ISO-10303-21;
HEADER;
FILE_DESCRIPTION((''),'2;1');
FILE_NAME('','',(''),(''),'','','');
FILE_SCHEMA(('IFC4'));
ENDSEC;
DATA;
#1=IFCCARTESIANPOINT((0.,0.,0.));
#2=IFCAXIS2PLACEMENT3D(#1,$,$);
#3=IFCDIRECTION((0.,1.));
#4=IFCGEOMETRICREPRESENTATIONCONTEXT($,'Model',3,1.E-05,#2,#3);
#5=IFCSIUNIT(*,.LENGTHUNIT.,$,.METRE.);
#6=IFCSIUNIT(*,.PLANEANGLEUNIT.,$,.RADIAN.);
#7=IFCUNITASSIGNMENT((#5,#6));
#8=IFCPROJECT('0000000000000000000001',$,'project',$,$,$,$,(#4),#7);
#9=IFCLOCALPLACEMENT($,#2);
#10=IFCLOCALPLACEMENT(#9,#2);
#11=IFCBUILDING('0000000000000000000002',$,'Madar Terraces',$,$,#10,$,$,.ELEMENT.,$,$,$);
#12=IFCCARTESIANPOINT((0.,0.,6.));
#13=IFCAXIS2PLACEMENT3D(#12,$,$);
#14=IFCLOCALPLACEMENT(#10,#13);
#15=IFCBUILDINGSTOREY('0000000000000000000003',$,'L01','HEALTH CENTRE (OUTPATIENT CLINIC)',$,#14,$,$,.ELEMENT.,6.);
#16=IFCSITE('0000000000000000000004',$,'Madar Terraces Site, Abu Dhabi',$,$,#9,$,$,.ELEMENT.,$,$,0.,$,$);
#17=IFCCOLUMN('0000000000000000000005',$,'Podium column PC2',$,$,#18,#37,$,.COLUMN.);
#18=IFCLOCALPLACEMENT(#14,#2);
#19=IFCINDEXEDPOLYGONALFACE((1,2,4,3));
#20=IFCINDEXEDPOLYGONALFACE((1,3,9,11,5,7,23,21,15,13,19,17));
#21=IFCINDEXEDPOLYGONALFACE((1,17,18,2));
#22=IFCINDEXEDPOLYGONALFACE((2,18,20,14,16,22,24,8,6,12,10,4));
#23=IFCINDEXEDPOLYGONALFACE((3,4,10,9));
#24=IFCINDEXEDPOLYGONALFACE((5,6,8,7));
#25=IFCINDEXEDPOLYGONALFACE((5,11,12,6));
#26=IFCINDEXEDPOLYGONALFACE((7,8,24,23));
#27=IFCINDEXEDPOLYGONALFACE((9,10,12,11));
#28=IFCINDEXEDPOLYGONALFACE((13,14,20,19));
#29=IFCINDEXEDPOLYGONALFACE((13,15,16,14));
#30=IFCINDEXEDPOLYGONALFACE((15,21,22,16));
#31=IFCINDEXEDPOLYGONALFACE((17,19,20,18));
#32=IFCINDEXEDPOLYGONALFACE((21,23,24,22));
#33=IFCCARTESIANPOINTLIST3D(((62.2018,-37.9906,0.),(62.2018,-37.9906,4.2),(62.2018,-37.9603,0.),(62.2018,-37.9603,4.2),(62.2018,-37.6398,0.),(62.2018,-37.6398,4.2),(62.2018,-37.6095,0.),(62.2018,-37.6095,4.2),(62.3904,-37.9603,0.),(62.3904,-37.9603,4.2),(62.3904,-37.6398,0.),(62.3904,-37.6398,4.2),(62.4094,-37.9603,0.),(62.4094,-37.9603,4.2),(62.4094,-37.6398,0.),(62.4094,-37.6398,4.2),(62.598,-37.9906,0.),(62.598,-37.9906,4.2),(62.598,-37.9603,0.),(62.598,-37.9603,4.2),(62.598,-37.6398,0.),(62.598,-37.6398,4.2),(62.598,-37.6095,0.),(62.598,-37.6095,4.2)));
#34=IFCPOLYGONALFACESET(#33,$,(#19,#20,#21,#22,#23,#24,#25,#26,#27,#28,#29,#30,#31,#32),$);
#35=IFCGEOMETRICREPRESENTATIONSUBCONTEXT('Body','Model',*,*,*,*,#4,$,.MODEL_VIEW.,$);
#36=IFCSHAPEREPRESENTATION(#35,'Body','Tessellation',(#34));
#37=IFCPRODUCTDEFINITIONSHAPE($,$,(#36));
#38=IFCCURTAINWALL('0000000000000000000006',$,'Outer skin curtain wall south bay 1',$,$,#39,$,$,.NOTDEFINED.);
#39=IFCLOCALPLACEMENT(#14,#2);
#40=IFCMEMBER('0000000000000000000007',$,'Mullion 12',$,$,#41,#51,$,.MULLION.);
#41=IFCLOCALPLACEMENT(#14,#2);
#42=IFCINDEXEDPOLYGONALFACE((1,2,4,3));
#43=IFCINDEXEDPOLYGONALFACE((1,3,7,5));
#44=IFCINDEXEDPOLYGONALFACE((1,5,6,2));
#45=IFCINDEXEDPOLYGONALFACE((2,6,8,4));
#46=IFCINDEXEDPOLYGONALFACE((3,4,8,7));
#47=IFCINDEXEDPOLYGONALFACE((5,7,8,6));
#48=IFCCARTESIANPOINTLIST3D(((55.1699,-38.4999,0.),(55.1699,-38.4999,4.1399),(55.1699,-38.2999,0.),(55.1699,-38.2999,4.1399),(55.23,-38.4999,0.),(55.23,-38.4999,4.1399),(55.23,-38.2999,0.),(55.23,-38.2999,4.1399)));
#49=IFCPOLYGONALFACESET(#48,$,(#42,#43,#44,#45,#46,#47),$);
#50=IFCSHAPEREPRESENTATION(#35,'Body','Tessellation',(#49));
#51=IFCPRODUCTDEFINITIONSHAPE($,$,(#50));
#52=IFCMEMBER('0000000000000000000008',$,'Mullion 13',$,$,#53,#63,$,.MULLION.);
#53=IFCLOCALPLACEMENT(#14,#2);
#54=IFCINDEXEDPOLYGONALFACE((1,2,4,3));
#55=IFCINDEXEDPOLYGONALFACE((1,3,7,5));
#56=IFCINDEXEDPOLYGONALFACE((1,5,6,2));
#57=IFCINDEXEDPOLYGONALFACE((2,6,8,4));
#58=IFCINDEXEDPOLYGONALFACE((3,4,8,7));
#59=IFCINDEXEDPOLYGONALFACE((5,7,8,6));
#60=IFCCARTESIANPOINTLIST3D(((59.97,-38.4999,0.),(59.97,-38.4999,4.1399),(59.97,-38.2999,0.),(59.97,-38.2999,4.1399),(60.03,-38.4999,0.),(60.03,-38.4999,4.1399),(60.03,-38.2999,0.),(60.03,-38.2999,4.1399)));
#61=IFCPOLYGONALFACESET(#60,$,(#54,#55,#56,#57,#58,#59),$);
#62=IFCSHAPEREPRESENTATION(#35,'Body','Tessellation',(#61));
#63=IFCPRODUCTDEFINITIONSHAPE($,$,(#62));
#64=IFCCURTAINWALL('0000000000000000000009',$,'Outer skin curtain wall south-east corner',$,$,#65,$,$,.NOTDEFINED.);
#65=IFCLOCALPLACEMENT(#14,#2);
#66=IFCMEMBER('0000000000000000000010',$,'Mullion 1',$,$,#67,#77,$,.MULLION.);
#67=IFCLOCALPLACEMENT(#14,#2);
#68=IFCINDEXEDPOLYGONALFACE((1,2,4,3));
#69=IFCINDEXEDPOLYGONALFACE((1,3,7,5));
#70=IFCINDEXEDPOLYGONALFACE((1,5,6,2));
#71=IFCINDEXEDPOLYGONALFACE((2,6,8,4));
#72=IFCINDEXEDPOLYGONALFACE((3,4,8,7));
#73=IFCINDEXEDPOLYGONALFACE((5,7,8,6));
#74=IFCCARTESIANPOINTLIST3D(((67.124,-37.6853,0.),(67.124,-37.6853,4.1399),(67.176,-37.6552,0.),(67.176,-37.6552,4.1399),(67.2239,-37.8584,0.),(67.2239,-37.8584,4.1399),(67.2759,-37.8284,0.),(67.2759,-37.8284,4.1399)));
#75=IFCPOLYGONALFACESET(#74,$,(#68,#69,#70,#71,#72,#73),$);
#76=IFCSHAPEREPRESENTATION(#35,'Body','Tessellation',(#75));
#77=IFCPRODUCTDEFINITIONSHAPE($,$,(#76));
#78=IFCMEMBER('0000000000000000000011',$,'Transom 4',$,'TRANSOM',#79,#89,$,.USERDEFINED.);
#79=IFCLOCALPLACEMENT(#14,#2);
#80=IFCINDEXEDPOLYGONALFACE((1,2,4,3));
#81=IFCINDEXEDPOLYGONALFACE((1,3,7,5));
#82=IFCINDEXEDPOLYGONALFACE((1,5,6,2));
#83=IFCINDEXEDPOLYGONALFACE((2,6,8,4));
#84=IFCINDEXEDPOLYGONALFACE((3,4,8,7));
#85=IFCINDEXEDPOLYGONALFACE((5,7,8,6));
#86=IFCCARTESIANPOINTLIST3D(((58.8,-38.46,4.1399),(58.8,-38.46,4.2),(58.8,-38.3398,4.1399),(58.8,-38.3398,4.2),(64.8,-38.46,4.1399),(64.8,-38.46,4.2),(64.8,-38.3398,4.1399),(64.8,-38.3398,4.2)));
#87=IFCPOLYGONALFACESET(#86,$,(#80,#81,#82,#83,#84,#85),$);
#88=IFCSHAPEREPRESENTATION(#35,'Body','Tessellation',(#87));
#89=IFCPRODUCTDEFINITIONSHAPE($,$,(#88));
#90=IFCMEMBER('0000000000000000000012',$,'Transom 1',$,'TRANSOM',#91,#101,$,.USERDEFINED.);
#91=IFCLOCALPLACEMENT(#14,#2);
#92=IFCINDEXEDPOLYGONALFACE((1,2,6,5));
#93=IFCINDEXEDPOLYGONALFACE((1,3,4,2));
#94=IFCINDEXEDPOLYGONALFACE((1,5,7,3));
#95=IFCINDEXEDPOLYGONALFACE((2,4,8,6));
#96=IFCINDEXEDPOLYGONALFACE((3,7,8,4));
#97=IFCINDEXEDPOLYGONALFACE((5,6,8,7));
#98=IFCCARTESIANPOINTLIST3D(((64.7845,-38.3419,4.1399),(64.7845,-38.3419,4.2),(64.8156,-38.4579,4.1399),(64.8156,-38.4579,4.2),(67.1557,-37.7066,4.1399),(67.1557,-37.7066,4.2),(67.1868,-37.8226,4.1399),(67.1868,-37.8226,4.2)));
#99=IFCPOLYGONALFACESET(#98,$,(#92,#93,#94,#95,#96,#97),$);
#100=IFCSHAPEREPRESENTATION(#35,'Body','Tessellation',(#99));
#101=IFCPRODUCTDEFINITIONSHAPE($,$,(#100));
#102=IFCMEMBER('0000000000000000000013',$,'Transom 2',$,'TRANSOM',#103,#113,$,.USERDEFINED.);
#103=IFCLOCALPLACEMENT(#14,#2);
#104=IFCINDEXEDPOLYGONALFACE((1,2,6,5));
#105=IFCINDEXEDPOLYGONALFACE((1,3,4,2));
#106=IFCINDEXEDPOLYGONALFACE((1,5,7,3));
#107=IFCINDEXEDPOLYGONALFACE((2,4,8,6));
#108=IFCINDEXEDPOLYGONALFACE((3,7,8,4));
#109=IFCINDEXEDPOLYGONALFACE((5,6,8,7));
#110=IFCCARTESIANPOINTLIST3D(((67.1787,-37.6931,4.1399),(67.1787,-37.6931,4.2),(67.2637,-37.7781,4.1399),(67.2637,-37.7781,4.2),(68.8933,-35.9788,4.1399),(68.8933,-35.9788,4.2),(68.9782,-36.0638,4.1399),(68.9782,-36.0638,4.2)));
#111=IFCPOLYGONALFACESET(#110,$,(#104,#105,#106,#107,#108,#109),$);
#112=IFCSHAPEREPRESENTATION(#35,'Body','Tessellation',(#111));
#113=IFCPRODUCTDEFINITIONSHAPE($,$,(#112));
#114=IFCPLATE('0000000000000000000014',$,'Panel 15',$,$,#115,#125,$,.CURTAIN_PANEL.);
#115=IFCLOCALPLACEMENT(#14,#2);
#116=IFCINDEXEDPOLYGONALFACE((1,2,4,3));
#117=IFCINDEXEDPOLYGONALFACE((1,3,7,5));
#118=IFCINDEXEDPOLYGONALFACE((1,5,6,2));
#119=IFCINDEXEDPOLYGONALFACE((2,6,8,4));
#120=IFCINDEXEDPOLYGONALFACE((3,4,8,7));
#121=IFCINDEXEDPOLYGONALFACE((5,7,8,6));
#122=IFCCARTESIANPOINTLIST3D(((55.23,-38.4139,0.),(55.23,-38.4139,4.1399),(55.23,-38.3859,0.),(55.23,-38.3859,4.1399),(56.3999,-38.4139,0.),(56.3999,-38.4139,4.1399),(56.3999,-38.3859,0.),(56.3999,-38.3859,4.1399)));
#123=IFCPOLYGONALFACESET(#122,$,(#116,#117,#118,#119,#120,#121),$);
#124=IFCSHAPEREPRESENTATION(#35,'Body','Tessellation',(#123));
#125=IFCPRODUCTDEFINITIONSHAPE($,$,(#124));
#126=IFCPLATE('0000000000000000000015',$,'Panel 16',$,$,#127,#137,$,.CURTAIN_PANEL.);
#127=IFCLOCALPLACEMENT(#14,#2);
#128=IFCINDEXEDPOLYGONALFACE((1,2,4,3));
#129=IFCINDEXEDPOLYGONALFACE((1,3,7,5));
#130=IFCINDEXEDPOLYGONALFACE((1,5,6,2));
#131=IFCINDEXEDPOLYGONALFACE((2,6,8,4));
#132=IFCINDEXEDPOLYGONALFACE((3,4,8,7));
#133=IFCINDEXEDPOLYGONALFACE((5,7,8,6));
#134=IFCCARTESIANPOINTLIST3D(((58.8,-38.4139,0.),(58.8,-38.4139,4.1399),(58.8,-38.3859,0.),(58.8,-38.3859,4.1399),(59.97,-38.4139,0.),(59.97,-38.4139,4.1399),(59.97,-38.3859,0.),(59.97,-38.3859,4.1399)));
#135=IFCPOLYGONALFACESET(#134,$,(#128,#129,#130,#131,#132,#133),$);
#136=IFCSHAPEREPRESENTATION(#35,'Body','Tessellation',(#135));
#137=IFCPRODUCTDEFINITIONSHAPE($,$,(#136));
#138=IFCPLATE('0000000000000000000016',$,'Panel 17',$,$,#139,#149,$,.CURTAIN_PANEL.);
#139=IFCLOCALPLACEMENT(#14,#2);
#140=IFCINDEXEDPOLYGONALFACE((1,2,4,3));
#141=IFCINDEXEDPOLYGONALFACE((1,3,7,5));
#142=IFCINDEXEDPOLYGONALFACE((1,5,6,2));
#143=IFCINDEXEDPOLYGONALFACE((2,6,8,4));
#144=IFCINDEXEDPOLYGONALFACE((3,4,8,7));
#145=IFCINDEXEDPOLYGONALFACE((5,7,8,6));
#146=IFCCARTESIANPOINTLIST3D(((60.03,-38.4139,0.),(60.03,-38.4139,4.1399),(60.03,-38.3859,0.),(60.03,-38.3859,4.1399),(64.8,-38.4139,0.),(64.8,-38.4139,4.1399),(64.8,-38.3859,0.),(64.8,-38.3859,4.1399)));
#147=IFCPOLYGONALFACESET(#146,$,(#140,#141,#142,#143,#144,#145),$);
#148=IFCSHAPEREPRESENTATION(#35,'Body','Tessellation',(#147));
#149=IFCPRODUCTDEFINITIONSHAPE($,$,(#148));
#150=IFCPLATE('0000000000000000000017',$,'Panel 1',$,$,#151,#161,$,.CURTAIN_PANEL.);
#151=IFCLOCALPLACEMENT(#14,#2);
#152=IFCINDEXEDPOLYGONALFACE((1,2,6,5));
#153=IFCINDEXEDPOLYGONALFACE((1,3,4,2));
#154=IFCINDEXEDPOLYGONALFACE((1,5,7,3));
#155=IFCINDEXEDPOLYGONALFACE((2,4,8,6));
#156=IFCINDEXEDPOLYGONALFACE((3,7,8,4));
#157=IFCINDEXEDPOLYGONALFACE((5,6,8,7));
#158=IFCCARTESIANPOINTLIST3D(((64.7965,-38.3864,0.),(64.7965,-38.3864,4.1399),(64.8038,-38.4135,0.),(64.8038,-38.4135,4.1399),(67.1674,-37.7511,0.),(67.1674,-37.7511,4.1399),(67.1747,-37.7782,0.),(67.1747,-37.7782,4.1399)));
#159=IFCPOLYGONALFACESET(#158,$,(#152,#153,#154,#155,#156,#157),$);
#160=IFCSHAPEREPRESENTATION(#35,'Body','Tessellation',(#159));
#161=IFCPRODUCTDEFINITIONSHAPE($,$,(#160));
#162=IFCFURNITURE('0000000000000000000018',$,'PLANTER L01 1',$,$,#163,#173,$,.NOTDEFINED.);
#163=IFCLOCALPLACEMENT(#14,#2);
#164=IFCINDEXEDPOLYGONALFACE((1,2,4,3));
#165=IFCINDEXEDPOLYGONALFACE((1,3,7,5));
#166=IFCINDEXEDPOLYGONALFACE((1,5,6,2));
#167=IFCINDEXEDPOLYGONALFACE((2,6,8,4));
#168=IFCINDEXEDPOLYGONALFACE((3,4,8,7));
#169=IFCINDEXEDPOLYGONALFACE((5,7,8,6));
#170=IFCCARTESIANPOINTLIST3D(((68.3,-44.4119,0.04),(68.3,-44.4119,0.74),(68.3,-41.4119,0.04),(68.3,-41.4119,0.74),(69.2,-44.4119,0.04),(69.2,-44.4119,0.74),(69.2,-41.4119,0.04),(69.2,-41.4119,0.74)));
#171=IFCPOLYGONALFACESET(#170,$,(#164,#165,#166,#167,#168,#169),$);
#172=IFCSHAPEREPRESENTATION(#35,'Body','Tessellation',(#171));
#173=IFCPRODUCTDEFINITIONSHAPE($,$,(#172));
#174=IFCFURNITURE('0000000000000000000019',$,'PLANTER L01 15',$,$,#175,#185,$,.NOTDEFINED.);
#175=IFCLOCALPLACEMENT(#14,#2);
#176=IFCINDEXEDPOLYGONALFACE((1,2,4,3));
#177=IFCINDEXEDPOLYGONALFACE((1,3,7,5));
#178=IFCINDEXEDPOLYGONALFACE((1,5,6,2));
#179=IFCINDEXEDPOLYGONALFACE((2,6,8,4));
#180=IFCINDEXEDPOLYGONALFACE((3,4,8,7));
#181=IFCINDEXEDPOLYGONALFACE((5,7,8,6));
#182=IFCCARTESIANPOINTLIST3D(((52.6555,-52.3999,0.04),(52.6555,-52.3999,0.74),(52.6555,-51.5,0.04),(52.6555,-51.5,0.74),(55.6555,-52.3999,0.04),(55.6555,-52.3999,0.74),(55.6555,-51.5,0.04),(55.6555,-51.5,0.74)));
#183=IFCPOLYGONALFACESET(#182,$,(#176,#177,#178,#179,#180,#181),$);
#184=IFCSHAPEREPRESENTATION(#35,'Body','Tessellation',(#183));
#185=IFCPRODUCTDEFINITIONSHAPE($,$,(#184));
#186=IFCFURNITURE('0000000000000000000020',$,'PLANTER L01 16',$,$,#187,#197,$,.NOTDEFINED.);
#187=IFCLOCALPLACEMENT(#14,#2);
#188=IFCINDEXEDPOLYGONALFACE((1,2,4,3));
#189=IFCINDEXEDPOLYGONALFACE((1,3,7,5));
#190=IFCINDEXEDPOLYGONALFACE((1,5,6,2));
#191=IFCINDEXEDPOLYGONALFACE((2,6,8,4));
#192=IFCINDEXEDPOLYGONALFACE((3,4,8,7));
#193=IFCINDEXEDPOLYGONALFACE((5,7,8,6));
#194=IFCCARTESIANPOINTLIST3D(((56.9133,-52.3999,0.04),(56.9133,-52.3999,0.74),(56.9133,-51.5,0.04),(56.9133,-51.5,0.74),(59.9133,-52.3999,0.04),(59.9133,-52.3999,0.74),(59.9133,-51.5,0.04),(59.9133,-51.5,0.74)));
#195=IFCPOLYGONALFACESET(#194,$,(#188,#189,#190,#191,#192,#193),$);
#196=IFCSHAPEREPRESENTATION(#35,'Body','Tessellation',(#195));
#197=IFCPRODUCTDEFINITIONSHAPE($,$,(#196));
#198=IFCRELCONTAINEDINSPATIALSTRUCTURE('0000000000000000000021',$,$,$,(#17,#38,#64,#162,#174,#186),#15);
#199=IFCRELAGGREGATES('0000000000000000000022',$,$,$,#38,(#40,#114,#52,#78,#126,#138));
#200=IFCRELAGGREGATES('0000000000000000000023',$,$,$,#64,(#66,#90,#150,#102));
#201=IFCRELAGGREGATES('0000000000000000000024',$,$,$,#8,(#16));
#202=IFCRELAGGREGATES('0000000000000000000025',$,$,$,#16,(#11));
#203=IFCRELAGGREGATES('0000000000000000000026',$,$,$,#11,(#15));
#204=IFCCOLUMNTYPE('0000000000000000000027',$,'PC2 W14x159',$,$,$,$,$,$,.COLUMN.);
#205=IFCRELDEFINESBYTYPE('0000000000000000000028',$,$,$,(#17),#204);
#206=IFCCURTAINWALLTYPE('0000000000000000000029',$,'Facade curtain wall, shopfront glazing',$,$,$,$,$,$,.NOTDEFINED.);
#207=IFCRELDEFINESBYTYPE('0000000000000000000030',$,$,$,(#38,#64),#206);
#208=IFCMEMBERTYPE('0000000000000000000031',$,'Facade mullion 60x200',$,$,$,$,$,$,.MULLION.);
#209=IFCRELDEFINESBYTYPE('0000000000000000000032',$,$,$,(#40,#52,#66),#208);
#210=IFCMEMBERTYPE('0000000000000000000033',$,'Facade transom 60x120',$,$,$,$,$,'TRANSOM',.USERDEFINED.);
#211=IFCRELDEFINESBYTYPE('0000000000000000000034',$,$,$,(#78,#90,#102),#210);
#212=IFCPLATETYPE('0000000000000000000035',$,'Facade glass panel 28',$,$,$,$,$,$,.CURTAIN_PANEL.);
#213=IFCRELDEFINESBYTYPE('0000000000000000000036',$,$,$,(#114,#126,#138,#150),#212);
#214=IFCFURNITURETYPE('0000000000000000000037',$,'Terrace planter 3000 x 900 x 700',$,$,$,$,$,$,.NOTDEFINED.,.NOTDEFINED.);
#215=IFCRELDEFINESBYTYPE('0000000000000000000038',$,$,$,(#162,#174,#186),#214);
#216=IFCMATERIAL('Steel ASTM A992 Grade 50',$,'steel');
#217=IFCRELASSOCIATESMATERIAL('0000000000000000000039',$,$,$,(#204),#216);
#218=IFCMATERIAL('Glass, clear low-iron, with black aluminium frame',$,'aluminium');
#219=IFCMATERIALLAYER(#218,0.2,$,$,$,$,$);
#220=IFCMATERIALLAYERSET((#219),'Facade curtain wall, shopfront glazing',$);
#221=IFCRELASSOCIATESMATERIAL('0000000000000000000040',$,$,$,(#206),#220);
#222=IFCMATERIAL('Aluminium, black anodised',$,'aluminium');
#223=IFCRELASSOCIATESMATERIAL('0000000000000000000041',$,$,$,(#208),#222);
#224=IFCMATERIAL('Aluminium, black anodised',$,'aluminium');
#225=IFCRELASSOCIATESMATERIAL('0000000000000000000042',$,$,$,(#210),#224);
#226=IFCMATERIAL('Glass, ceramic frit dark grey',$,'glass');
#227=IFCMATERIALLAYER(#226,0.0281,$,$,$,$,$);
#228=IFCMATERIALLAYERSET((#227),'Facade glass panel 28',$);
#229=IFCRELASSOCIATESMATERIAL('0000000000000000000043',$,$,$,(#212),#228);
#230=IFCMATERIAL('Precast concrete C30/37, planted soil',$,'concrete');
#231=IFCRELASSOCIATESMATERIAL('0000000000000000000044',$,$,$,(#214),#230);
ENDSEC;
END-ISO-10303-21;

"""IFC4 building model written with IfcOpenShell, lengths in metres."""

from ifc_helpers import new_model, si_unit, direction, frame, origin, origin_2d, place, context, subcontext, project, spatial, rectangle, i_section, extrude, material, layer, layer_set, material_profile, profile_set, type_object, element, aggregate, save


model = new_model("IFC4")

# Units and contexts
model_context = context("Model", 3, precision=1e-05, world=origin(), true_north=direction((0.0, 1.0)))
body_context = subcontext(model_context, "Body", "Model", "MODEL_VIEW")
ifc_project = project(units=[si_unit("LENGTHUNIT", "METRE"), si_unit("PLANEANGLEUNIT", "RADIAN")], contexts=[model_context])

# Site, building, storey
site_placement = place(None, origin())
site = spatial("IfcSite", under=ifc_project, at=site_placement, Name="Madar Terraces Site, Abu Dhabi", CompositionType="ELEMENT", RefElevation=0.0)
building_placement = place(site_placement, origin())
building = spatial("IfcBuilding", under=site, at=building_placement, Name="Madar Terraces", CompositionType="ELEMENT")
storey_placement = place(building_placement, frame((0.0, 0.0, 6.0)))
storey = spatial("IfcBuildingStorey", under=building, at=storey_placement, Name="L01", Description="HEALTH CENTRE (OUTPATIENT CLINIC)", CompositionType="ELEMENT", Elevation=6.0)

# Column
ifc_material_1 = material(Name="Steel ASTM A992 Grade 50", Category="steel")
ifc_material_profile_1 = material_profile(ifc_material_1, i_section(OverallWidth=0.3962, OverallDepth=0.3811, WebThickness=0.019, FlangeThickness=0.0303, at=origin_2d()), Name="W14x159")
ifc_profile_set_1 = profile_set([ifc_material_profile_1], Name="Steel ASTM A992 Grade 50")
column_type = type_object("IfcColumnType", Name="PC2 W14x159", PredefinedType="COLUMN", material=ifc_profile_set_1)
column_placement = place(storey_placement, frame((62.3999, -37.8, 0.0), z_axis=(0.0, 0.0, 1.0), x_axis=(1.0, 0.0, 0.0)))
element("IfcColumn", 1, at=column_placement, inside=storey, type_object=column_type, Name="Podium column PC2", PredefinedType="COLUMN", context=body_context, shape_type="SweptSolid", body=[
    extrude(i_section(OverallWidth=0.3962, OverallDepth=0.3811, WebThickness=0.019, FlangeThickness=0.0303, at=origin_2d()), origin(), (0.0, 0.0, 1.0), 4.2),
])

# Curtain wall, members
ifc_material_2 = material(Name="Glass, clear low-iron, with black aluminium frame", Category="aluminium")
ifc_layer_1 = layer(ifc_material_2, 0.2)
ifc_layer_set_1 = layer_set([ifc_layer_1], Name="Facade curtain wall, shopfront glazing")
curtain_wall_type = type_object("IfcCurtainWallType", Name="Facade curtain wall, shopfront glazing", PredefinedType="NOTDEFINED", material=ifc_layer_set_1)
curtain_wall_1_placement = place(storey_placement, origin())
curtain_wall_1 = element("IfcCurtainWall", 2, at=curtain_wall_1_placement, inside=storey, type_object=curtain_wall_type, Name="Outer skin curtain wall south bay 1", PredefinedType="NOTDEFINED")
ifc_material_3 = material(Name="Aluminium, black anodised", Category="aluminium")
ifc_material_profile_2 = material_profile(ifc_material_3, rectangle(XDim=0.2, YDim=0.0601, at=origin_2d()), Name="Facade mullion 60x200")
ifc_profile_set_2 = profile_set([ifc_material_profile_2], Name="Aluminium, black anodised")
member_type_1 = type_object("IfcMemberType", Name="Facade mullion 60x200", PredefinedType="MULLION", material=ifc_profile_set_2)
member_1_placement = place(storey_placement, frame((55.2, -38.3999, 0.0), z_axis=(0.0, 0.0, 1.0), x_axis=(0.0, 1.0, 0.0)))
member_1 = element("IfcMember", 3, at=member_1_placement, type_object=member_type_1, Name="Mullion 12", PredefinedType="MULLION", context=body_context, shape_type="SweptSolid", body=[
    extrude(rectangle(XDim=0.2, YDim=0.0601, at=origin_2d()), origin(), (0.0, 0.0, 1.0), 4.1399),
])
member_2_placement = place(storey_placement, frame((60.0, -38.3999, 0.0), z_axis=(0.0, 0.0, 1.0), x_axis=(0.0, 1.0, 0.0)))
member_2 = element("IfcMember", 4, at=member_2_placement, type_object=member_type_1, Name="Mullion 13", PredefinedType="MULLION", context=body_context, shape_type="SweptSolid", body=[
    extrude(rectangle(XDim=0.2, YDim=0.0601, at=origin_2d()), origin(), (0.0, 0.0, 1.0), 4.1399),
])

# Curtain wall, member
curtain_wall_2_placement = place(storey_placement, origin())
curtain_wall_2 = element("IfcCurtainWall", 5, at=curtain_wall_2_placement, inside=storey, type_object=curtain_wall_type, Name="Outer skin curtain wall south-east corner", PredefinedType="NOTDEFINED")
member_3_placement = place(storey_placement, frame((67.2, -37.7568, 0.0), z_axis=(0.0, 0.0, 1.0), x_axis=(-0.5, 0.866025, 0.0)))
member_3 = element("IfcMember", 6, at=member_3_placement, type_object=member_type_1, Name="Mullion 1", PredefinedType="MULLION", context=body_context, shape_type="SweptSolid", body=[
    extrude(rectangle(XDim=0.2, YDim=0.0601, at=origin_2d()), origin(), (0.0, 0.0, 1.0), 4.1399),
])

# Members
ifc_material_4 = material(Name="Aluminium, black anodised", Category="aluminium")
ifc_material_profile_3 = material_profile(ifc_material_4, rectangle(XDim=0.1201, YDim=0.0601, at=origin_2d()), Name="Facade transom 60x120")
ifc_profile_set_3 = profile_set([ifc_material_profile_3], Name="Aluminium, black anodised")
member_type_2 = type_object("IfcMemberType", Name="Facade transom 60x120", ElementType="TRANSOM", PredefinedType="USERDEFINED", material=ifc_profile_set_3)
member_4_placement = place(storey_placement, frame((58.8, -38.3999, 4.1699), z_axis=(1.0, 0.0, 0.0), x_axis=(0.0, 1.0, 0.0)))
member_4 = element("IfcMember", 7, at=member_4_placement, type_object=member_type_2, Name="Transom 4", ObjectType="TRANSOM", PredefinedType="USERDEFINED", context=body_context, shape_type="SweptSolid", body=[
    extrude(rectangle(XDim=0.1201, YDim=0.0601, at=origin_2d()), origin(), (0.0, 0.0, 1.0), 6.0),
])
member_5_placement = place(storey_placement, frame((64.8, -38.3999, 4.1699), z_axis=(0.965934, 0.258789, 0.0), x_axis=(-0.258789, 0.965934, 0.0)))
member_5 = element("IfcMember", 8, at=member_5_placement, type_object=member_type_2, Name="Transom 1", ObjectType="TRANSOM", PredefinedType="USERDEFINED", context=body_context, shape_type="SweptSolid", body=[
    extrude(rectangle(XDim=0.1201, YDim=0.0601, at=origin_2d()), origin(), (0.0, 0.0, 1.0), 2.4548),
])
member_6_placement = place(storey_placement, frame((67.2212, -37.7356, 4.1699), z_axis=(0.707157, 0.707056, 0.0), x_axis=(-0.707056, 0.707157, 0.0)))
member_6 = element("IfcMember", 9, at=member_6_placement, type_object=member_type_2, Name="Transom 2", ObjectType="TRANSOM", PredefinedType="USERDEFINED", context=body_context, shape_type="SweptSolid", body=[
    extrude(rectangle(XDim=0.1201, YDim=0.0601, at=origin_2d()), origin(), (0.0, 0.0, 1.0), 2.4246),
])

# Plates
ifc_material_5 = material(Name="Glass, ceramic frit dark grey", Category="glass")
ifc_layer_2 = layer(ifc_material_5, 0.0281)
ifc_layer_set_2 = layer_set([ifc_layer_2], Name="Facade glass panel 28")
plate_type = type_object("IfcPlateType", Name="Facade glass panel 28", PredefinedType="CURTAIN_PANEL", material=ifc_layer_set_2)
plate_1_placement = place(storey_placement, frame((55.8149, -38.3999, 0.0), z_axis=(0.0, 0.0, 1.0), x_axis=(1.0, 0.0, 0.0)))
plate_1 = element("IfcPlate", 10, at=plate_1_placement, type_object=plate_type, Name="Panel 15", PredefinedType="CURTAIN_PANEL", context=body_context, shape_type="SweptSolid", body=[
    extrude(rectangle(XDim=1.1699, YDim=0.0281, at=origin_2d()), origin(), (0.0, 0.0, 1.0), 4.1399),
])
plate_2_placement = place(storey_placement, frame((59.385, -38.3999, 0.0), z_axis=(0.0, 0.0, 1.0), x_axis=(1.0, 0.0, 0.0)))
plate_2 = element("IfcPlate", 11, at=plate_2_placement, type_object=plate_type, Name="Panel 16", PredefinedType="CURTAIN_PANEL", context=body_context, shape_type="SweptSolid", body=[
    extrude(rectangle(XDim=1.1699, YDim=0.0281, at=origin_2d()), origin(), (0.0, 0.0, 1.0), 4.1399),
])
plate_3_placement = place(storey_placement, frame((62.415, -38.3999, 0.0), z_axis=(0.0, 0.0, 1.0), x_axis=(1.0, 0.0, 0.0)))
plate_3 = element("IfcPlate", 12, at=plate_3_placement, type_object=plate_type, Name="Panel 17", PredefinedType="CURTAIN_PANEL", context=body_context, shape_type="SweptSolid", body=[
    extrude(rectangle(XDim=4.77, YDim=0.0281, at=origin_2d()), origin(), (0.0, 0.0, 1.0), 4.1399),
])
aggregate(curtain_wall_1, [member_1, plate_1, member_2, member_4, plate_2, plate_3])
plate_4_placement = place(storey_placement, frame((65.9856, -38.0823, 0.0), z_axis=(0.0, 0.0, 1.0), x_axis=(0.965926, 0.258819, 0.0)))
plate_4 = element("IfcPlate", 13, at=plate_4_placement, type_object=plate_type, Name="Panel 1", PredefinedType="CURTAIN_PANEL", context=body_context, shape_type="SweptSolid", body=[
    extrude(rectangle(XDim=2.4546, YDim=0.0281, at=origin_2d()), origin(), (0.0, 0.0, 1.0), 4.1399),
])
aggregate(curtain_wall_2, [member_3, member_5, plate_4, member_6])

# Furniture
ifc_material_6 = material(Name="Precast concrete C30/37, planted soil", Category="concrete")
furniture_type = type_object("IfcFurnitureType", Name="Terrace planter 3000 x 900 x 700", AssemblyPlace="NOTDEFINED", PredefinedType="NOTDEFINED", material=ifc_material_6)
for number, where, z_axis, x_axis, name in (
    (14, (68.75, -42.9119, 0.04), (0.0, 0.0, 1.0), (0.0, 1.0, 0.0), "PLANTER L01 1"),
    (15, (54.1555, -51.95, 0.04), (0.0, 0.0, 1.0), (1.0, 0.0, 0.0), "PLANTER L01 15"),
    (16, (58.4133, -51.95, 0.04), (0.0, 0.0, 1.0), (1.0, 0.0, 0.0), "PLANTER L01 16"),
):
    element("IfcFurniture", number, at=place(storey_placement, frame(where, z_axis=z_axis, x_axis=x_axis)), inside=storey, type_object=furniture_type, Name=name, PredefinedType="NOTDEFINED", context=body_context, shape_type="SweptSolid", body=[
        extrude(rectangle(XDim=3.0, YDim=0.8999, at=origin_2d()), origin(), (0.0, 0.0, 1.0), 0.7),
    ])

save(model, "model.ifc")
